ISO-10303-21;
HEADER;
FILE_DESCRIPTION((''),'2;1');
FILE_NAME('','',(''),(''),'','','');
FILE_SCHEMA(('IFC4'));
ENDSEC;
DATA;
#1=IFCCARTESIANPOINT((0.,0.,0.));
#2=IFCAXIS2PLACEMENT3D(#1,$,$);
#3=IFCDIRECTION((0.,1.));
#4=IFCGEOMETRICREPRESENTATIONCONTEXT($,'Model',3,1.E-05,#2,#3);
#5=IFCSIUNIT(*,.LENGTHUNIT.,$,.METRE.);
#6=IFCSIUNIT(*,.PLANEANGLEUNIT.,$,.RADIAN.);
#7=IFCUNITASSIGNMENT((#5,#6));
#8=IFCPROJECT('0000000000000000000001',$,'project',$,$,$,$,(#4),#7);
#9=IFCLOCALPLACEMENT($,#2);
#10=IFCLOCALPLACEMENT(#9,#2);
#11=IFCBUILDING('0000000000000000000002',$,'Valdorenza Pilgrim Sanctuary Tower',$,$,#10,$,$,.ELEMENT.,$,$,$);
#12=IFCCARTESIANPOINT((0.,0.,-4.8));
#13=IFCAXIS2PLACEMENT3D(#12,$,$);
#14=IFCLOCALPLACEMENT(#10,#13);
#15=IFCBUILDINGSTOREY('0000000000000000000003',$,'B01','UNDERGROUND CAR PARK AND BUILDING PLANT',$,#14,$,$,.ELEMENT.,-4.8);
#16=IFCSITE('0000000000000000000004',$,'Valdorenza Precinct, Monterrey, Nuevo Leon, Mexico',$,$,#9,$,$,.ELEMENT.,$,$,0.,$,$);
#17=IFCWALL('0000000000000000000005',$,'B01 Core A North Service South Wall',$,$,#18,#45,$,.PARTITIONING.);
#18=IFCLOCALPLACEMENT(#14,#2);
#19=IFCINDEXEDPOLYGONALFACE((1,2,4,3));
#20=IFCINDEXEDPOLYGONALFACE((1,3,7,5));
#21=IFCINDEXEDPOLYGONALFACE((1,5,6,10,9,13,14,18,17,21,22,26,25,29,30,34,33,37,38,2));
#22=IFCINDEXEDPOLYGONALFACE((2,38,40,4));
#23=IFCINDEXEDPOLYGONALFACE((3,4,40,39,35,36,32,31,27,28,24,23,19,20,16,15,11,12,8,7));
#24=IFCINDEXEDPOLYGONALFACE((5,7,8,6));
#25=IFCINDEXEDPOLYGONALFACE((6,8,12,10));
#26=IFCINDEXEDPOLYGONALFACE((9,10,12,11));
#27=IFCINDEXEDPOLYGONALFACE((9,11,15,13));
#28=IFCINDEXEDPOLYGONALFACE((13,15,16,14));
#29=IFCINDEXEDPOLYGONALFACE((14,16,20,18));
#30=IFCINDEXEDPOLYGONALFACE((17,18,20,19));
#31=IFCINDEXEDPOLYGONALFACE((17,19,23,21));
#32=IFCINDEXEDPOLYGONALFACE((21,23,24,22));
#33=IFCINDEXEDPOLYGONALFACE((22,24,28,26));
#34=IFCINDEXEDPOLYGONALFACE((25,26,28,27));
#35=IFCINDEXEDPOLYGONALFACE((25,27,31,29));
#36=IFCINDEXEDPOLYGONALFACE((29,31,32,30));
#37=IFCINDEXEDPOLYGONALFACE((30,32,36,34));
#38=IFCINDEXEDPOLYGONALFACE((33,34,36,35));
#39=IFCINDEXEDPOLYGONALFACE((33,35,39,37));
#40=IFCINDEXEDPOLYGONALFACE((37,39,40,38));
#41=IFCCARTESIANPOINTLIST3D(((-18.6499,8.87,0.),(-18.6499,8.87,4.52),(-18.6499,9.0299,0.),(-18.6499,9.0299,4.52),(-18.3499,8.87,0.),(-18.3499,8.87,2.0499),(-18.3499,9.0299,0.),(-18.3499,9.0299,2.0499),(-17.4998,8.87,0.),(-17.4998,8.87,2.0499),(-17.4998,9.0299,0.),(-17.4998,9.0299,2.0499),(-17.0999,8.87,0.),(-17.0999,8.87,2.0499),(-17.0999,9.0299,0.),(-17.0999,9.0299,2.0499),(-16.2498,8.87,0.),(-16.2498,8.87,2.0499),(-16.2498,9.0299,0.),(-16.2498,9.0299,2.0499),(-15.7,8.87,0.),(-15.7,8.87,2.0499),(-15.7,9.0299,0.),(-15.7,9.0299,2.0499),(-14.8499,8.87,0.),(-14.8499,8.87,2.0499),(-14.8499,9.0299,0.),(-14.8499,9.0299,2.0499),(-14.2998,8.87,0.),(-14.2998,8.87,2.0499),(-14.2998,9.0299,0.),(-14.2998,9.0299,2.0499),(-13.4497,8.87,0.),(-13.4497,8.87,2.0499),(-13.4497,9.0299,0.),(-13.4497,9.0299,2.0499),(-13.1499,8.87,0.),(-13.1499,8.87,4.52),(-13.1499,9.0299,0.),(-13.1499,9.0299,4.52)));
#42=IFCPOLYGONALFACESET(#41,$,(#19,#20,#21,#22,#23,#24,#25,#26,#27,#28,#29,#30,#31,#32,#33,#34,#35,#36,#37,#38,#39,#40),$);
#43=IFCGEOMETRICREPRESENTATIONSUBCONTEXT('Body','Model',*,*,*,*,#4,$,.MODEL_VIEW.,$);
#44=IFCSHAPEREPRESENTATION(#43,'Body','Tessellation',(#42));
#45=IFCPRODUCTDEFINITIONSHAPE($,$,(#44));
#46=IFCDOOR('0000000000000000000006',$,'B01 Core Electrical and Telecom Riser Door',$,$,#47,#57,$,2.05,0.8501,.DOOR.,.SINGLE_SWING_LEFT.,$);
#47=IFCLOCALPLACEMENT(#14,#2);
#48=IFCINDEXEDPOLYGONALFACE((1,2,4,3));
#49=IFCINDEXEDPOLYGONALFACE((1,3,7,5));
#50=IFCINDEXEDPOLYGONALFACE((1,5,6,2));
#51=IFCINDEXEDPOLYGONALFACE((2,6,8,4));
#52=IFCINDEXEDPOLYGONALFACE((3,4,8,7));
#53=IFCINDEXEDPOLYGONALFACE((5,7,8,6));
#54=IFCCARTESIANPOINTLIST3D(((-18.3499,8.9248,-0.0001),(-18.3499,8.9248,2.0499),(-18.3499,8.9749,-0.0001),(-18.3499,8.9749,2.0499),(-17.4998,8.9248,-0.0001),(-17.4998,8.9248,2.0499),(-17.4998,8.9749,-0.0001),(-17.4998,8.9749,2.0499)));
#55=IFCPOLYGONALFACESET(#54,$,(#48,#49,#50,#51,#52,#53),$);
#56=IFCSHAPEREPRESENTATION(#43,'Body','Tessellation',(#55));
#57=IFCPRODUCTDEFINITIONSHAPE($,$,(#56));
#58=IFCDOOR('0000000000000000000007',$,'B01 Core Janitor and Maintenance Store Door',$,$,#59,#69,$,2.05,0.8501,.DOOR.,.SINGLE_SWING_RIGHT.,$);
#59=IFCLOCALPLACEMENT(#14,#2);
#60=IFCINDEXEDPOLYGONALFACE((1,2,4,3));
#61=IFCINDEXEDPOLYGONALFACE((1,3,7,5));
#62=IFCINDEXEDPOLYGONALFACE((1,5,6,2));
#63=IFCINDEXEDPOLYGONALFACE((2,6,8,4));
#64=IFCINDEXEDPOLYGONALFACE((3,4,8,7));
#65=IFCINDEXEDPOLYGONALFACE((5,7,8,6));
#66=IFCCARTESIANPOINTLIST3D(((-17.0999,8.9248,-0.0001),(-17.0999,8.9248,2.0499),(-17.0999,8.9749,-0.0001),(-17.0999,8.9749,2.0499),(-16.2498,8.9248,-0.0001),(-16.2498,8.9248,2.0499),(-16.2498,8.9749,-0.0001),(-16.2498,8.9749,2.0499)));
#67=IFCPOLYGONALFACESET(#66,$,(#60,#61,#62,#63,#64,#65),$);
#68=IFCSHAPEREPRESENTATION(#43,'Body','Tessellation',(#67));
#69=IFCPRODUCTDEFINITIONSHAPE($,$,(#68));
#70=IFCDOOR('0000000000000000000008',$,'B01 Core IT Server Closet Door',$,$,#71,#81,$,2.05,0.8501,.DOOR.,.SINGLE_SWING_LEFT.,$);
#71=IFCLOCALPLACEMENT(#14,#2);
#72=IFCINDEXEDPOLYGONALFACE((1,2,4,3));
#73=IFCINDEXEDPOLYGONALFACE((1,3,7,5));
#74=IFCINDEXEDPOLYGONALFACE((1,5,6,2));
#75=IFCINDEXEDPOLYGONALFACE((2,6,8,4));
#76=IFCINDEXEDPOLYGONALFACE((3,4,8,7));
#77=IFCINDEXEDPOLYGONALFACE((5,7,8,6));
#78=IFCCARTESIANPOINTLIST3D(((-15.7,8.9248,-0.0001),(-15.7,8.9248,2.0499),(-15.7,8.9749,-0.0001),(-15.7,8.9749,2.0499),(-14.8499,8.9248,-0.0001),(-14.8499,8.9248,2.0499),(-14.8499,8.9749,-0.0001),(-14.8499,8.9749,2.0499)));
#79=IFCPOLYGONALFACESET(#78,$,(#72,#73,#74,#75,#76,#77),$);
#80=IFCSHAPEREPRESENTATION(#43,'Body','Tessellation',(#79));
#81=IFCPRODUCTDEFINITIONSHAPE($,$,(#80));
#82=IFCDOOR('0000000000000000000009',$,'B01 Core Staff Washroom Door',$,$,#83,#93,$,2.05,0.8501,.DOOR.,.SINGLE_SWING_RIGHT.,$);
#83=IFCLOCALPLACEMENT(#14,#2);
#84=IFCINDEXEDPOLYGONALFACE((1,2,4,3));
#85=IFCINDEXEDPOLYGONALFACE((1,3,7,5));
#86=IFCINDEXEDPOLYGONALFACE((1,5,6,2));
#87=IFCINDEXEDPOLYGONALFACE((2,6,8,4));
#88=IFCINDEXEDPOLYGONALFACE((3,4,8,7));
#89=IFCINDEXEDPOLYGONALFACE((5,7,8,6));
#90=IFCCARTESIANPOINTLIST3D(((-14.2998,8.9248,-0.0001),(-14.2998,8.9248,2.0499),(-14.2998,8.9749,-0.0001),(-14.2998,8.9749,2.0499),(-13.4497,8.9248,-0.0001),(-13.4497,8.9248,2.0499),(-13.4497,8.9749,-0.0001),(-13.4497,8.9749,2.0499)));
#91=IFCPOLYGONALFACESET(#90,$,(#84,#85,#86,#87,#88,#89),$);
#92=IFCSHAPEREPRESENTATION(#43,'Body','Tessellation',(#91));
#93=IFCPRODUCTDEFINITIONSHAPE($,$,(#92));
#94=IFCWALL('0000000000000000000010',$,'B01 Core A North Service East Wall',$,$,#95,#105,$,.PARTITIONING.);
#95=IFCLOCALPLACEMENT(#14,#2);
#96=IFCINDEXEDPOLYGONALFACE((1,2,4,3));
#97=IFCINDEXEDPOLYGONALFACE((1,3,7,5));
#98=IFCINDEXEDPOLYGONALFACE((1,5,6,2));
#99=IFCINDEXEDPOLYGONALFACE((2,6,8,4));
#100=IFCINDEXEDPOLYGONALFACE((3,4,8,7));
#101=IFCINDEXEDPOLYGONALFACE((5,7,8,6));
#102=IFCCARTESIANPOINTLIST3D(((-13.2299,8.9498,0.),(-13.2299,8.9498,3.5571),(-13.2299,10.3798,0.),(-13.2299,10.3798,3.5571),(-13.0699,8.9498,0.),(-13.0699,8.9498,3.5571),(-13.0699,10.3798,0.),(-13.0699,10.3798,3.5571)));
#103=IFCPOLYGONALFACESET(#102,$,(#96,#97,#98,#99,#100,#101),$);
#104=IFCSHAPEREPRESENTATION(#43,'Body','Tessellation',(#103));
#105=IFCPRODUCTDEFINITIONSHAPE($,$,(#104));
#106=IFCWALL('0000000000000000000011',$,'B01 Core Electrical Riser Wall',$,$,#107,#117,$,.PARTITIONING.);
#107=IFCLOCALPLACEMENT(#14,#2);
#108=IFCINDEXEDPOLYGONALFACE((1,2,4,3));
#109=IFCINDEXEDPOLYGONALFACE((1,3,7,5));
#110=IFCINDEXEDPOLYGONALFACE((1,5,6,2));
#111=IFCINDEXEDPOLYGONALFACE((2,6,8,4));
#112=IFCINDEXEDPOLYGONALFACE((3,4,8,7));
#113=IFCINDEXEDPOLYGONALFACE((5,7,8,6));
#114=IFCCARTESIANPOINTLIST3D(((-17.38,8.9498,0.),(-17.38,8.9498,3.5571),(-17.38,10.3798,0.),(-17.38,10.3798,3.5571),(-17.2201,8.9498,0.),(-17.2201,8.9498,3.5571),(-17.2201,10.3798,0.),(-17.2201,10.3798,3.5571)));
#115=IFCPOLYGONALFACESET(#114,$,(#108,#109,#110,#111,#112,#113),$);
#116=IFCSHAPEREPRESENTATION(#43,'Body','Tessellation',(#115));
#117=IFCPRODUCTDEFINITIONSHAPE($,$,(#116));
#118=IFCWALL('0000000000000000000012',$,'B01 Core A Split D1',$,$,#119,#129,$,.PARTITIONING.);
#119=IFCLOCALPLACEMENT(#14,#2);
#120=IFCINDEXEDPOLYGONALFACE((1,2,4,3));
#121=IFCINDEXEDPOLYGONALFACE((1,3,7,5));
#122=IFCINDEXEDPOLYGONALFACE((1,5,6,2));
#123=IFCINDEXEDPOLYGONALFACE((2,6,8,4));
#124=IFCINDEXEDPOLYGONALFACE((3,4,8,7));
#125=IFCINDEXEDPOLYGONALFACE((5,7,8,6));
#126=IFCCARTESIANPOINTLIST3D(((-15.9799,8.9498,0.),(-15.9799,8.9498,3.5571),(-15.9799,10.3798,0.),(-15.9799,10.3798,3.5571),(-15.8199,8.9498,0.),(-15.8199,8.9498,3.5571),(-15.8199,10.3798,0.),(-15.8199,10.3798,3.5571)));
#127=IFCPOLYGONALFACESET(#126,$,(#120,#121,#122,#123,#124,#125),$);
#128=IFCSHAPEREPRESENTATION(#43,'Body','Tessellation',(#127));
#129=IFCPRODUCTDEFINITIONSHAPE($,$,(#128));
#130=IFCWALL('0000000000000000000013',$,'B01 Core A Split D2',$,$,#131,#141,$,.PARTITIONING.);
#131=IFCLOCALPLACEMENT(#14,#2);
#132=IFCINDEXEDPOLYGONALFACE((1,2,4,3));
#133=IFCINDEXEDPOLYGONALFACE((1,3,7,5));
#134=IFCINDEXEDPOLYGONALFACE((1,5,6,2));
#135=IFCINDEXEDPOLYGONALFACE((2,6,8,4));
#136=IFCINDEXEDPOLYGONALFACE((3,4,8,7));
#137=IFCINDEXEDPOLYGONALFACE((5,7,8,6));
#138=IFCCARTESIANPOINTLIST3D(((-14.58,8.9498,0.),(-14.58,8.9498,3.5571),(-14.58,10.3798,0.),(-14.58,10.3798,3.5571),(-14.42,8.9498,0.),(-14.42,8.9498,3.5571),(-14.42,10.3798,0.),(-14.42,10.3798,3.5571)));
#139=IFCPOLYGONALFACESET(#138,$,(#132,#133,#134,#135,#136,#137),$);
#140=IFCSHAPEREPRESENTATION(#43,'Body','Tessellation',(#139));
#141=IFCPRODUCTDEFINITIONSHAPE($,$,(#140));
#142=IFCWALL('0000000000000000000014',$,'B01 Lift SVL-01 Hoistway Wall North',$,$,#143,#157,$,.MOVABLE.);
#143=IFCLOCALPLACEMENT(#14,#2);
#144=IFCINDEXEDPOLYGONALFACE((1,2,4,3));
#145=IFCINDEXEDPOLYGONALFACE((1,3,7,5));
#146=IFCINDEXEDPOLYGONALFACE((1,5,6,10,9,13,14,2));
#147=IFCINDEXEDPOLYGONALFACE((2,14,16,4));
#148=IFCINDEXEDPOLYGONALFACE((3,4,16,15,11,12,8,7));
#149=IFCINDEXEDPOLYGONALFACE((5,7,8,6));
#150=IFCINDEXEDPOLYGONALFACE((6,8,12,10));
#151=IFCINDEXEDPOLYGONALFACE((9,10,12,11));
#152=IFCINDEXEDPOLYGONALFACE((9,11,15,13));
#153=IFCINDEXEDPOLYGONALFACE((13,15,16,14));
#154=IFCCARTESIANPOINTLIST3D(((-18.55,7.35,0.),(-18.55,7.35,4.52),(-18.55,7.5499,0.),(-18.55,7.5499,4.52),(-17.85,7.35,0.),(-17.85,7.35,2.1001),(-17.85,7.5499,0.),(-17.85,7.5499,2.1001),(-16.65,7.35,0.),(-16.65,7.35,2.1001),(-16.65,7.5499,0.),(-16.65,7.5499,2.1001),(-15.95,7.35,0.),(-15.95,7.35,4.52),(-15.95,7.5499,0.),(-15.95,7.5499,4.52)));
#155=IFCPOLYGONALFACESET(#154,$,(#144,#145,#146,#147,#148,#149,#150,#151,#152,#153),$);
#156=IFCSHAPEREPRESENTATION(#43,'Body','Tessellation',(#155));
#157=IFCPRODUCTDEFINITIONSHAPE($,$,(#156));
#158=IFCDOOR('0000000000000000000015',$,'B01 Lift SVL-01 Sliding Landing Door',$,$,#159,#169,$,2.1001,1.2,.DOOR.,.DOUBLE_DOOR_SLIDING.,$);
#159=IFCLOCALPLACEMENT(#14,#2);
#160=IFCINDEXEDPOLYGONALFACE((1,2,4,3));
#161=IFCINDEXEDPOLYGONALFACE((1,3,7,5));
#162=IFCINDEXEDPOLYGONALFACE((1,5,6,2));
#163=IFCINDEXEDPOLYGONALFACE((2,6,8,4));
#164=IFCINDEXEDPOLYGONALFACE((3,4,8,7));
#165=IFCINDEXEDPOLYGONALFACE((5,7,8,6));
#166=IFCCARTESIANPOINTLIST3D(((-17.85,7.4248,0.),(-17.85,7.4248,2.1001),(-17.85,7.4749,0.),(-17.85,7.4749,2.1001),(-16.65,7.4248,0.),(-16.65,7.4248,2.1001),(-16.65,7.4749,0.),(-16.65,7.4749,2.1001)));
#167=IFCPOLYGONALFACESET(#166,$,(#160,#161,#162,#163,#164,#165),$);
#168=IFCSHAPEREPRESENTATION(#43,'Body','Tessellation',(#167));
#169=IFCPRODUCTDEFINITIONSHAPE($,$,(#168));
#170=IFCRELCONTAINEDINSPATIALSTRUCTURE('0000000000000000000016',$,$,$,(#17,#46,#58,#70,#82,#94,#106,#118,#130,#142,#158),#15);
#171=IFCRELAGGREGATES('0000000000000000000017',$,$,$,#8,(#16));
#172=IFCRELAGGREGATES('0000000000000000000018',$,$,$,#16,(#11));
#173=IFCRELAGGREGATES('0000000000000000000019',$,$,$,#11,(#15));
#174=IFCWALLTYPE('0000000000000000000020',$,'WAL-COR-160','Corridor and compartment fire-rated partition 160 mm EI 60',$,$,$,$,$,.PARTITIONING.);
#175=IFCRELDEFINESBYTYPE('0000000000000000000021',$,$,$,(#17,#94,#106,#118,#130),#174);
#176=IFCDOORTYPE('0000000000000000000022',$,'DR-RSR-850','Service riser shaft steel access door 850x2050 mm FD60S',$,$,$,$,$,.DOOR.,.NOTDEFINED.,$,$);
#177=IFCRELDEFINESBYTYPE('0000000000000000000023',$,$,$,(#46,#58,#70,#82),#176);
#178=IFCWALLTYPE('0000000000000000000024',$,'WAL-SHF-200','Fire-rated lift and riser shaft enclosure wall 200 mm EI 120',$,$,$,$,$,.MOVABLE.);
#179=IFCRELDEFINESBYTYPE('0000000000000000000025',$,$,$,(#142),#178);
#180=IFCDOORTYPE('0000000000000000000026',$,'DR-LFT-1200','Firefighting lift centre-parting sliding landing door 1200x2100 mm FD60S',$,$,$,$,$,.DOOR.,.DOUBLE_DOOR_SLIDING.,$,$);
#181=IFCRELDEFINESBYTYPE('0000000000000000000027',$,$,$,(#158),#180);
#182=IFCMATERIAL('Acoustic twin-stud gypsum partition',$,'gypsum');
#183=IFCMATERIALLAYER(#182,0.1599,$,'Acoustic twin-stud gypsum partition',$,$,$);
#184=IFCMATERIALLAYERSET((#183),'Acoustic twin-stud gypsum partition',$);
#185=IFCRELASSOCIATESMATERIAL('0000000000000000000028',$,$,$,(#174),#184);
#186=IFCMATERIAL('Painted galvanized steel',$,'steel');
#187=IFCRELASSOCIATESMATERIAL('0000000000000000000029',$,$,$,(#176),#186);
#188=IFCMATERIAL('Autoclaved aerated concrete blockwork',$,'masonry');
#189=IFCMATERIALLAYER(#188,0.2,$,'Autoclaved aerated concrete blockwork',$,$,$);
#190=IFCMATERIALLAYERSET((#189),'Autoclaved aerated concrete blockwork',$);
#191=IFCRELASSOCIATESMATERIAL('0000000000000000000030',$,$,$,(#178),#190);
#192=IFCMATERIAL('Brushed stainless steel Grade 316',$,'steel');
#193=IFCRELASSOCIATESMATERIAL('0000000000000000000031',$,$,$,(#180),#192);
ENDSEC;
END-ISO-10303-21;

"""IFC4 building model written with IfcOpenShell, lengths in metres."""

from ifc_helpers import new_model, si_unit, direction, frame, frame_2d, origin, place, context, subcontext, project, spatial, rectangle, extrude, material, layer, layer_set, type_object, element, fill, save


model = new_model("IFC4")

# Units and contexts
model_context = context("Model", 3, precision=1e-05, world=origin(), true_north=direction((0.0, 1.0)))
body_context = subcontext(model_context, "Body", "Model", "MODEL_VIEW")
ifc_project = project(units=[si_unit("LENGTHUNIT", "METRE"), si_unit("PLANEANGLEUNIT", "RADIAN")], contexts=[model_context])

# Site, building, storey
site_placement = place(None, origin())
site = spatial("IfcSite", under=ifc_project, at=site_placement, Name="Valdorenza Precinct, Monterrey, Nuevo Leon, Mexico", CompositionType="ELEMENT", RefElevation=0.0)
building_placement = place(site_placement, origin())
building = spatial("IfcBuilding", under=site, at=building_placement, Name="Valdorenza Pilgrim Sanctuary Tower", CompositionType="ELEMENT")
storey_placement = place(building_placement, frame((0.0, 0.0, -4.8)))
storey = spatial("IfcBuildingStorey", under=building, at=storey_placement, Name="B01", Description="UNDERGROUND CAR PARK AND BUILDING PLANT", CompositionType="ELEMENT", Elevation=-4.8)

# Shared definitions
ifc_material_1 = material(Name="Acoustic twin-stud gypsum partition", Category="gypsum")
ifc_layer_1 = layer(ifc_material_1, 0.1599, Name="Acoustic twin-stud gypsum partition")
ifc_layer_set_1 = layer_set([ifc_layer_1], Name="Acoustic twin-stud gypsum partition")
wall_type_1 = type_object("IfcWallType", Name="WAL-COR-160", Description="Corridor and compartment fire-rated partition 160 mm EI 60", PredefinedType="PARTITIONING", material=ifc_layer_set_1)

# Wall, openings, doors
wall_1_placement = place(storey_placement, frame((-18.6499, 8.95, 0.0), z_axis=(0.0, 0.0, 1.0), x_axis=(1.0, 0.0, 0.0)))
wall_1 = element("IfcWall", 1, at=wall_1_placement, inside=storey, type_object=wall_type_1, Name="B01 Core A North Service South Wall", PredefinedType="PARTITIONING", context=body_context, shape_type="SweptSolid", body=[
    extrude(rectangle(XDim=5.5, YDim=0.1599, at=frame_2d((2.75, 0.0))), origin(), (0.0, 0.0, 1.0), 4.52),
])
opening_1_placement = place(wall_1_placement, frame((0.3, 0.0, 0.0)))
opening_1 = element("IfcOpeningElement", 2, at=opening_1_placement, cuts=wall_1, PredefinedType="OPENING", context=body_context, shape_type="SweptSolid", body=[
    extrude(rectangle(XDim=0.8501, YDim=2.05, at=frame_2d((0.425, 1.0249))), frame((0.0, 0.0947, 0.0), z_axis=(0.0, -1.0, 0.0), x_axis=(1.0, 0.0, 0.0)), (0.0, 0.0, 1.0), 0.1897),
])
opening_2_placement = place(wall_1_placement, frame((1.55, 0.0, 0.0)))
opening_2 = element("IfcOpeningElement", 3, at=opening_2_placement, cuts=wall_1, PredefinedType="OPENING", context=body_context, shape_type="SweptSolid", body=[
    extrude(rectangle(XDim=0.8501, YDim=2.05, at=frame_2d((0.425, 1.0249))), frame((0.0, 0.0947, 0.0), z_axis=(0.0, -1.0, 0.0), x_axis=(1.0, 0.0, 0.0)), (0.0, 0.0, 1.0), 0.1897),
])
opening_3_placement = place(wall_1_placement, frame((2.95, 0.0, 0.0)))
opening_3 = element("IfcOpeningElement", 4, at=opening_3_placement, cuts=wall_1, PredefinedType="OPENING", context=body_context, shape_type="SweptSolid", body=[
    extrude(rectangle(XDim=0.8501, YDim=2.05, at=frame_2d((0.425, 1.0249))), frame((0.0, 0.0947, 0.0), z_axis=(0.0, -1.0, 0.0), x_axis=(1.0, 0.0, 0.0)), (0.0, 0.0, 1.0), 0.1897),
])
opening_4_placement = place(wall_1_placement, frame((4.3501, 0.0, 0.0)))
opening_4 = element("IfcOpeningElement", 5, at=opening_4_placement, cuts=wall_1, PredefinedType="OPENING", context=body_context, shape_type="SweptSolid", body=[
    extrude(rectangle(XDim=0.8501, YDim=2.05, at=frame_2d((0.425, 1.0249))), frame((0.0, 0.0947, 0.0), z_axis=(0.0, -1.0, 0.0), x_axis=(1.0, 0.0, 0.0)), (0.0, 0.0, 1.0), 0.1897),
])
ifc_material_2 = material(Name="Painted galvanized steel", Category="steel")
door_type_1 = type_object("IfcDoorType", Name="DR-RSR-850", Description="Service riser shaft steel access door 850x2050 mm FD60S", OperationType="NOTDEFINED", PredefinedType="DOOR", material=ifc_material_2)
door_1_placement = place(opening_1_placement, origin())
door_1 = element("IfcDoor", 6, at=door_1_placement, inside=storey, type_object=door_type_1, Name="B01 Core Electrical and Telecom Riser Door", OperationType="SINGLE_SWING_LEFT", OverallHeight=2.05, OverallWidth=0.8501, PredefinedType="DOOR", context=body_context, shape_type="SweptSolid", body=[
    extrude(rectangle(XDim=0.8501, YDim=2.05, at=frame_2d((0.425, 1.0249))), frame((0.0, 0.0249, 0.0), z_axis=(0.0, -1.0, 0.0), x_axis=(1.0, 0.0, 0.0)), (0.0, 0.0, 1.0), 0.05),
])
fill(opening_1, door_1)
door_2_placement = place(opening_2_placement, origin())
door_2 = element("IfcDoor", 7, at=door_2_placement, inside=storey, type_object=door_type_1, Name="B01 Core Janitor and Maintenance Store Door", OperationType="SINGLE_SWING_RIGHT", OverallHeight=2.05, OverallWidth=0.8501, PredefinedType="DOOR", context=body_context, shape_type="SweptSolid", body=[
    extrude(rectangle(XDim=0.8501, YDim=2.05, at=frame_2d((0.425, 1.0249))), frame((0.0, 0.0249, 0.0), z_axis=(0.0, -1.0, 0.0), x_axis=(1.0, 0.0, 0.0)), (0.0, 0.0, 1.0), 0.05),
])
fill(opening_2, door_2)
door_3_placement = place(opening_3_placement, origin())
door_3 = element("IfcDoor", 8, at=door_3_placement, inside=storey, type_object=door_type_1, Name="B01 Core IT Server Closet Door", OperationType="SINGLE_SWING_LEFT", OverallHeight=2.05, OverallWidth=0.8501, PredefinedType="DOOR", context=body_context, shape_type="SweptSolid", body=[
    extrude(rectangle(XDim=0.8501, YDim=2.05, at=frame_2d((0.425, 1.0249))), frame((0.0, 0.0249, 0.0), z_axis=(0.0, -1.0, 0.0), x_axis=(1.0, 0.0, 0.0)), (0.0, 0.0, 1.0), 0.05),
])
fill(opening_3, door_3)
door_4_placement = place(opening_4_placement, origin())
door_4 = element("IfcDoor", 9, at=door_4_placement, inside=storey, type_object=door_type_1, Name="B01 Core Staff Washroom Door", OperationType="SINGLE_SWING_RIGHT", OverallHeight=2.05, OverallWidth=0.8501, PredefinedType="DOOR", context=body_context, shape_type="SweptSolid", body=[
    extrude(rectangle(XDim=0.8501, YDim=2.05, at=frame_2d((0.425, 1.0249))), frame((0.0, 0.0249, 0.0), z_axis=(0.0, -1.0, 0.0), x_axis=(1.0, 0.0, 0.0)), (0.0, 0.0, 1.0), 0.05),
])
fill(opening_4, door_4)

# Walls
for number, where, z_axis, x_axis, name in (
    (10, (-13.1499, 8.95, 0.0), (0.0, 0.0, 1.0), (0.0, 1.0, 0.0), "B01 Core A North Service East Wall"),
    (11, (-17.3, 8.95, 0.0), (0.0, 0.0, 1.0), (0.0, 1.0, 0.0), "B01 Core Electrical Riser Wall"),
    (12, (-15.8999, 8.95, 0.0), (0.0, 0.0, 1.0), (0.0, 1.0, 0.0), "B01 Core A Split D1"),
    (13, (-14.5, 8.95, 0.0), (0.0, 0.0, 1.0), (0.0, 1.0, 0.0), "B01 Core A Split D2"),
):
    element("IfcWall", number, at=place(storey_placement, frame(where, z_axis=z_axis, x_axis=x_axis)), inside=storey, type_object=wall_type_1, Name=name, PredefinedType="PARTITIONING", context=body_context, shape_type="SweptSolid", body=[
        extrude(rectangle(XDim=1.4299, YDim=0.1599, at=frame_2d((0.7148, 0.0))), origin(), (0.0, 0.0, 1.0), 3.5571),
    ])

# Wall, opening, door
ifc_material_3 = material(Name="Autoclaved aerated concrete blockwork", Category="masonry")
ifc_layer_2 = layer(ifc_material_3, 0.2, Name="Autoclaved aerated concrete blockwork")
ifc_layer_set_2 = layer_set([ifc_layer_2], Name="Autoclaved aerated concrete blockwork")
wall_type_2 = type_object("IfcWallType", Name="WAL-SHF-200", Description="Fire-rated lift and riser shaft enclosure wall 200 mm EI 120", PredefinedType="MOVABLE", material=ifc_layer_set_2)
wall_2_placement = place(storey_placement, frame((-18.55, 7.45, 0.0), z_axis=(0.0, 0.0, 1.0), x_axis=(1.0, 0.0, 0.0)))
wall_2 = element("IfcWall", 14, at=wall_2_placement, inside=storey, type_object=wall_type_2, Name="B01 Lift SVL-01 Hoistway Wall North", PredefinedType="MOVABLE", context=body_context, shape_type="SweptSolid", body=[
    extrude(rectangle(XDim=2.6001, YDim=0.2, at=frame_2d((1.3, 0.0))), origin(), (0.0, 0.0, 1.0), 4.52),
])
opening_5_placement = place(wall_2_placement, frame((0.7, 0.0, 0.0)))
opening_5 = element("IfcOpeningElement", 15, at=opening_5_placement, cuts=wall_2, PredefinedType="OPENING", context=body_context, shape_type="SweptSolid", body=[
    extrude(rectangle(XDim=1.2, YDim=2.1001, at=frame_2d((0.6001, 1.05))), frame((0.0, 0.1147, 0.0), z_axis=(0.0, -1.0, 0.0), x_axis=(1.0, 0.0, 0.0)), (0.0, 0.0, 1.0), 0.2297),
])
ifc_material_4 = material(Name="Brushed stainless steel Grade 316", Category="steel")
door_type_2 = type_object("IfcDoorType", Name="DR-LFT-1200", Description="Firefighting lift centre-parting sliding landing door 1200x2100 mm FD60S", OperationType="DOUBLE_DOOR_SLIDING", PredefinedType="DOOR", material=ifc_material_4)
door_5_placement = place(opening_5_placement, origin())
door_5 = element("IfcDoor", 16, at=door_5_placement, inside=storey, type_object=door_type_2, Name="B01 Lift SVL-01 Sliding Landing Door", OperationType="DOUBLE_DOOR_SLIDING", OverallHeight=2.1001, OverallWidth=1.2, PredefinedType="DOOR", context=body_context, shape_type="SweptSolid", body=[
    extrude(rectangle(XDim=1.2, YDim=2.1001, at=frame_2d((0.6001, 1.05))), frame((0.0, 0.0249, 0.0), z_axis=(0.0, -1.0, 0.0), x_axis=(1.0, 0.0, 0.0)), (0.0, 0.0, 1.0), 0.05),
])
fill(opening_5, door_5)

save(model, "model.ifc")
